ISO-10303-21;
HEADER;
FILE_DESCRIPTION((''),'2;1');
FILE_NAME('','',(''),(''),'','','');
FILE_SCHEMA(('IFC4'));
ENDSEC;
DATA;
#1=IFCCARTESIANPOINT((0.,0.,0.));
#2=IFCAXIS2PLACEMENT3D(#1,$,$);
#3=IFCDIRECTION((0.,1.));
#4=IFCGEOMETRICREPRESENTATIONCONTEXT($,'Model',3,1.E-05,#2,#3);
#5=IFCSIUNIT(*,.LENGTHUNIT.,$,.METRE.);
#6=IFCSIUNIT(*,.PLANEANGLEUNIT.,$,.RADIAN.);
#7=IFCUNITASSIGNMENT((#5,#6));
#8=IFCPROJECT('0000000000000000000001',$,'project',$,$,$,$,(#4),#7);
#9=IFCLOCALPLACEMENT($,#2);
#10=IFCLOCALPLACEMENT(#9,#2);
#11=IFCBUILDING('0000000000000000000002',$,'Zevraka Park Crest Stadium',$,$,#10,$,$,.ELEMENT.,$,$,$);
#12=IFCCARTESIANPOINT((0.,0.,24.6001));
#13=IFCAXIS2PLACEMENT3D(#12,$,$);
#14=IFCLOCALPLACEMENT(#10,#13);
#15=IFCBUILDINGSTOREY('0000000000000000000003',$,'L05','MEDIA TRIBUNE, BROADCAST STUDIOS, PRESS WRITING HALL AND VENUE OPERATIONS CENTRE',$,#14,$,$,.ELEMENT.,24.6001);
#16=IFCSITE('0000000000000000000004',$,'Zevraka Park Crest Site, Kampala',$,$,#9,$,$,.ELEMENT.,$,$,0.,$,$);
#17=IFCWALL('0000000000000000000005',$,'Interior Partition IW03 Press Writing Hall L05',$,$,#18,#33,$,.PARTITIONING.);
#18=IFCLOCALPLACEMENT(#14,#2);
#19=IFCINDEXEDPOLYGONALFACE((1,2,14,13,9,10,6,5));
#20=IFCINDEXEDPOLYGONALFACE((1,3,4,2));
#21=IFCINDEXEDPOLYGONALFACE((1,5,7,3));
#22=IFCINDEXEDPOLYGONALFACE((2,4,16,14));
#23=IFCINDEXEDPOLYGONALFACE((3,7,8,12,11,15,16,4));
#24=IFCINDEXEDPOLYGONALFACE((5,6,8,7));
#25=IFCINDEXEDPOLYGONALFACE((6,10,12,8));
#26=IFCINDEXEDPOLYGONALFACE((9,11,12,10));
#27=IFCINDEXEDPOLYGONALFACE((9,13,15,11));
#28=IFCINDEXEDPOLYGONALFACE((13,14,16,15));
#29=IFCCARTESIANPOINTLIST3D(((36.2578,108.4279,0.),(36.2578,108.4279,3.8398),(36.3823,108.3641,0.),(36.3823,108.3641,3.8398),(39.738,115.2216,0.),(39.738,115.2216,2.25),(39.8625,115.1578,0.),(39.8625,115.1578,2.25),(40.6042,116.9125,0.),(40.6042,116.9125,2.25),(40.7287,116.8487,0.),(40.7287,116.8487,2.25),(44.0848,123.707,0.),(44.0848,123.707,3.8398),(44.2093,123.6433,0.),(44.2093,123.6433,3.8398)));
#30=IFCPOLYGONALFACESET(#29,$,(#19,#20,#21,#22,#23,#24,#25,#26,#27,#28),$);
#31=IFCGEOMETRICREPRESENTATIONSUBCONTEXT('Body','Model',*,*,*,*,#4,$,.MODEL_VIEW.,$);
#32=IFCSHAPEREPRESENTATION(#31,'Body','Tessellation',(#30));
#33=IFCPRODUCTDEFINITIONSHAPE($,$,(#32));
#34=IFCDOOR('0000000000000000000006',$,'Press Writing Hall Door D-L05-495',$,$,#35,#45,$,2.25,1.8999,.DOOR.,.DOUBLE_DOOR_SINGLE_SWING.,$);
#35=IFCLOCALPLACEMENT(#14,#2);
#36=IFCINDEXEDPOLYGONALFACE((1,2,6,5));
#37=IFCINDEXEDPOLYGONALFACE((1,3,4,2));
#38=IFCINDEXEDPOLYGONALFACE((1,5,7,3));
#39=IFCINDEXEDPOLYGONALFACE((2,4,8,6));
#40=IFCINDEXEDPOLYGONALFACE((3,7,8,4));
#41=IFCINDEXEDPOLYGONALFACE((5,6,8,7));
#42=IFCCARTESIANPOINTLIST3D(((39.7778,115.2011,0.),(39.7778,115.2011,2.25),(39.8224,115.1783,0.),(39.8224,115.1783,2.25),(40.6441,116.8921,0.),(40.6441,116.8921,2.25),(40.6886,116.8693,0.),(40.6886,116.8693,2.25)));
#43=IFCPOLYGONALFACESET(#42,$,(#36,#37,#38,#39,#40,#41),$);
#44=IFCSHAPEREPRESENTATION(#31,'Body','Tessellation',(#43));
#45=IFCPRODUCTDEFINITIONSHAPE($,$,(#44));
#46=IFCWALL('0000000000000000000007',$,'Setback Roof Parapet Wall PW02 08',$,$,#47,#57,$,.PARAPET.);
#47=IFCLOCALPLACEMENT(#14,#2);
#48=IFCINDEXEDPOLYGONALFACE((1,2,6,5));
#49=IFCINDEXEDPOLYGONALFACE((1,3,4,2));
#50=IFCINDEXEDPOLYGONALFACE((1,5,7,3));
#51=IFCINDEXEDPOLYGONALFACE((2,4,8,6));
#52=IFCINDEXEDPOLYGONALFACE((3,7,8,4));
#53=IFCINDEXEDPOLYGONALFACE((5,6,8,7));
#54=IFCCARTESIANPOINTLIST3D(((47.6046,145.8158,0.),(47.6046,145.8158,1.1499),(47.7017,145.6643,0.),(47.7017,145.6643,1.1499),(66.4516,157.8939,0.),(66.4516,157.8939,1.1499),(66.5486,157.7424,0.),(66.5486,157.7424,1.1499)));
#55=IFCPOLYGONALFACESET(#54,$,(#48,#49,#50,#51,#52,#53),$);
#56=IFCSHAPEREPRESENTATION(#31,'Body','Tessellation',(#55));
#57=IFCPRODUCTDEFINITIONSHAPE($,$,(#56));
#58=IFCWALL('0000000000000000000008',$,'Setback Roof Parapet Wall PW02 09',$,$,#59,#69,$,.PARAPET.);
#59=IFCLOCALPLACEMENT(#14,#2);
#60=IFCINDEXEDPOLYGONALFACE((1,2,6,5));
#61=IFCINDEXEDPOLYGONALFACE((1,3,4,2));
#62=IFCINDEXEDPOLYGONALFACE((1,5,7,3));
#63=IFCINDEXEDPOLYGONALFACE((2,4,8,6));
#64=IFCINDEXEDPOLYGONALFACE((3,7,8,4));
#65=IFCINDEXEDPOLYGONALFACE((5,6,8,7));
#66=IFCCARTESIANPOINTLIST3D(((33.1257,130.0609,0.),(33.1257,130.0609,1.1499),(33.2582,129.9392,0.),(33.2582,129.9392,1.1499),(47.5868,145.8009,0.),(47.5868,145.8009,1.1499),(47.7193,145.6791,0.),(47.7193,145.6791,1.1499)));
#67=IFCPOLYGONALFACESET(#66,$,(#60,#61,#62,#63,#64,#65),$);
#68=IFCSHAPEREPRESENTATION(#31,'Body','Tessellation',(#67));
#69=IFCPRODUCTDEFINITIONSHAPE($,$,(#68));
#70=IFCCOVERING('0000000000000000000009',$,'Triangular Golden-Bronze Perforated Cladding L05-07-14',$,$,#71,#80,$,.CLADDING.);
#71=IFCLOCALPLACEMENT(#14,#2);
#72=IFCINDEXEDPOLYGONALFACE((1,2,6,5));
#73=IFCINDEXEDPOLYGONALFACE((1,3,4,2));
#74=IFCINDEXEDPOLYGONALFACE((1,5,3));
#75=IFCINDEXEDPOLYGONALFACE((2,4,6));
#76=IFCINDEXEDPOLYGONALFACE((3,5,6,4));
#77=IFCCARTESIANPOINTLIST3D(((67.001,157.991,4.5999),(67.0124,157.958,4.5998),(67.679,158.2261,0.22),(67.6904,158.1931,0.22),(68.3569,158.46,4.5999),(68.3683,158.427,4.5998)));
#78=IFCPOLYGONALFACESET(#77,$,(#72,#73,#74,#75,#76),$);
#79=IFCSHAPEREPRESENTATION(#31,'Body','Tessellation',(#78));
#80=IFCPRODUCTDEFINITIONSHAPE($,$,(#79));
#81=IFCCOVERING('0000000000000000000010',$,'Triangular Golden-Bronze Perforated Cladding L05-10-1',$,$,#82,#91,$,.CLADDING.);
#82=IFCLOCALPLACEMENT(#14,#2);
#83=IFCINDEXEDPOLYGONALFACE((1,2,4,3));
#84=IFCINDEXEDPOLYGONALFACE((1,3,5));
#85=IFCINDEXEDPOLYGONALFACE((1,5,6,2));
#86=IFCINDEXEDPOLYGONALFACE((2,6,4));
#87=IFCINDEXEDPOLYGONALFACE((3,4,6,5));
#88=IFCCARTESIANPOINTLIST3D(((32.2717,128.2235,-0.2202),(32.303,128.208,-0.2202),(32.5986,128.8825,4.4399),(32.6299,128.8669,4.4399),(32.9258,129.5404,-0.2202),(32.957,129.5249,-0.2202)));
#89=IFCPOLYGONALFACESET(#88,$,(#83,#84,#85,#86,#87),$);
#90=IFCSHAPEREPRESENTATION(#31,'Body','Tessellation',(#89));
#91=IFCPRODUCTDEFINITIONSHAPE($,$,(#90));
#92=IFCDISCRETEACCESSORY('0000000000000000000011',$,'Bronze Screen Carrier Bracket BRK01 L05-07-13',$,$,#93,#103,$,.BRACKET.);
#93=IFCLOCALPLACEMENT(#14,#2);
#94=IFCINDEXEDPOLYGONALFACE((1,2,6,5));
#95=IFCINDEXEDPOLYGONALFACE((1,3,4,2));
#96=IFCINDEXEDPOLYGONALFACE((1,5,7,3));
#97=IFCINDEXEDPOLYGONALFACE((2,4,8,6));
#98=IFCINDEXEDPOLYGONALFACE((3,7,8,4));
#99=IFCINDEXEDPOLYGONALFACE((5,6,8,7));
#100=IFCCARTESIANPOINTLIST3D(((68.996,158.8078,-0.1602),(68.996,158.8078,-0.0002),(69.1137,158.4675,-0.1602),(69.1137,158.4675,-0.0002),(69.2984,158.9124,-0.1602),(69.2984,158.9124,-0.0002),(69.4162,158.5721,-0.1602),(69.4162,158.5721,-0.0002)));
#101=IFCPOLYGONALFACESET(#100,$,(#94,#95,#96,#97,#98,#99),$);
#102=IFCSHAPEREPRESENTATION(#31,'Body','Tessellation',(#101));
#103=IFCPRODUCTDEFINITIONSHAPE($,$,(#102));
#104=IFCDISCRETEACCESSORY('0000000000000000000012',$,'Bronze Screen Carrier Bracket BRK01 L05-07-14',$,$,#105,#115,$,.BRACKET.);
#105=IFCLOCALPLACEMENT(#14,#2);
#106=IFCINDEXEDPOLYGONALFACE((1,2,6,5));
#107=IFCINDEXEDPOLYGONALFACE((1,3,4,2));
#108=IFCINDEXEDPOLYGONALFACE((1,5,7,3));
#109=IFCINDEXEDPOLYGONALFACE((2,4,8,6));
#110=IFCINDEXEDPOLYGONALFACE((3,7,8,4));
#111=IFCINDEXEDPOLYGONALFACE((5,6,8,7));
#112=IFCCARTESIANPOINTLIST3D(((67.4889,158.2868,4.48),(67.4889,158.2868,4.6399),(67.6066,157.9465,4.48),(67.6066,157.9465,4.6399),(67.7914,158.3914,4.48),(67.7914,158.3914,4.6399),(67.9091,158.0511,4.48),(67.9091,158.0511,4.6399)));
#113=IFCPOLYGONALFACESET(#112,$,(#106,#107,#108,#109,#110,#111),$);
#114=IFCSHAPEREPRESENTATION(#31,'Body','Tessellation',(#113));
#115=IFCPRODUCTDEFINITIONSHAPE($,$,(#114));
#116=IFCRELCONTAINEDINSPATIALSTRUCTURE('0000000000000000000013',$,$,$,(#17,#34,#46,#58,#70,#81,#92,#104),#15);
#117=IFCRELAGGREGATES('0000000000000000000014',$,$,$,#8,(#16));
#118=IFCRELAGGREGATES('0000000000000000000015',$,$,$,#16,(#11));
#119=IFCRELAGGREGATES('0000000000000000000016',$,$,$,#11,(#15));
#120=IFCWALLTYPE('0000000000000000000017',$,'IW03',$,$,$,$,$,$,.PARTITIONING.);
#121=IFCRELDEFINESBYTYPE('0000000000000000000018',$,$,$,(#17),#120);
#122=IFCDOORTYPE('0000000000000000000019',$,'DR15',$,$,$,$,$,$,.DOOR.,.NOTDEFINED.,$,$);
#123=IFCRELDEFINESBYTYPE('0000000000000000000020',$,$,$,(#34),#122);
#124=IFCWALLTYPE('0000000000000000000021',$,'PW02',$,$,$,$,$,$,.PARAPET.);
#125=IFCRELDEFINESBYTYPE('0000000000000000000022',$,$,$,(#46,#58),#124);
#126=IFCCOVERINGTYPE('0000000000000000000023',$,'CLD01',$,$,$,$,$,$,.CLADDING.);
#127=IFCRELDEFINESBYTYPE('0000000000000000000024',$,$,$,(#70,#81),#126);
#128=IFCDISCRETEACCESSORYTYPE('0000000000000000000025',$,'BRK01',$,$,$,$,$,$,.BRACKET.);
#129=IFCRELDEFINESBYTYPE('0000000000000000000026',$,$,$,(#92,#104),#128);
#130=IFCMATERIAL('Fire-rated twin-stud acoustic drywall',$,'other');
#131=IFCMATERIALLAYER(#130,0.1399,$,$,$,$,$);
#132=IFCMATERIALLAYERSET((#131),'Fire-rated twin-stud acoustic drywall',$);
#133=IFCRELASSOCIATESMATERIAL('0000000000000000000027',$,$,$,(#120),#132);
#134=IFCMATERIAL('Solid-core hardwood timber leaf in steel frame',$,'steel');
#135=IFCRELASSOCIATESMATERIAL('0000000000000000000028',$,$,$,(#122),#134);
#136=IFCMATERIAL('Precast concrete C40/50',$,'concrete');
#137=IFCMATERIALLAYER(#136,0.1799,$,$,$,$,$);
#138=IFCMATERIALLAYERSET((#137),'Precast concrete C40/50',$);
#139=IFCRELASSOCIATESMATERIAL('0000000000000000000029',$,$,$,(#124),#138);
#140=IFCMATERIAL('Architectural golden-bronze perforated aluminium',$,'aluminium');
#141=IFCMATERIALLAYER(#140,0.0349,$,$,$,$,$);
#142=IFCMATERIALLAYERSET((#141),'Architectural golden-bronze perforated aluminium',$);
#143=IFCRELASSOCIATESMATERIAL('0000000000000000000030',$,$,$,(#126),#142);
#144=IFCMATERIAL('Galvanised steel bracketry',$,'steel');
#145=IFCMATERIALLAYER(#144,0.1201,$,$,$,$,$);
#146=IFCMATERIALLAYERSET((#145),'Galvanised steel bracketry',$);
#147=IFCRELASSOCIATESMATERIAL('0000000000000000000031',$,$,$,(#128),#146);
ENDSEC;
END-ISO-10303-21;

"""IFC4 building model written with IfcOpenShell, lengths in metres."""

from ifc_helpers import new_model, si_unit, direction, frame, frame_2d, origin, origin_2d, place, context, subcontext, project, spatial, polyline, rectangle, outline, extrude, material, layer, layer_set, type_object, element, fill, save


model = new_model("IFC4")

# Units and contexts
model_context = context("Model", 3, precision=1e-05, world=origin(), true_north=direction((0.0, 1.0)))
body_context = subcontext(model_context, "Body", "Model", "MODEL_VIEW")
ifc_project = project(units=[si_unit("LENGTHUNIT", "METRE"), si_unit("PLANEANGLEUNIT", "RADIAN")], contexts=[model_context])

# Site, building, storey
site_placement = place(None, origin())
site = spatial("IfcSite", under=ifc_project, at=site_placement, Name="Zevraka Park Crest Site, Kampala", CompositionType="ELEMENT", RefElevation=0.0)
building_placement = place(site_placement, origin())
building = spatial("IfcBuilding", under=site, at=building_placement, Name="Zevraka Park Crest Stadium", CompositionType="ELEMENT")
storey_placement = place(building_placement, frame((0.0, 0.0, 24.6001)))
storey = spatial("IfcBuildingStorey", under=building, at=storey_placement, Name="L05", Description="MEDIA TRIBUNE, BROADCAST STUDIOS, PRESS WRITING HALL AND VENUE OPERATIONS CENTRE", CompositionType="ELEMENT", Elevation=24.6001)

# Wall, opening, door
ifc_material_1 = material(Name="Fire-rated twin-stud acoustic drywall", Category="other")
ifc_layer_1 = layer(ifc_material_1, 0.1399)
ifc_layer_set_1 = layer_set([ifc_layer_1], Name="Fire-rated twin-stud acoustic drywall")
wall_type_1 = type_object("IfcWallType", Name="IW03", PredefinedType="PARTITIONING", material=ifc_layer_set_1)
wall_1_placement = place(storey_placement, frame((44.147, 123.675, 0.0), z_axis=(0.0, 0.0, 1.0), x_axis=(-0.455924, -0.890019, 0.0)))
wall_1 = element("IfcWall", 1, at=wall_1_placement, inside=storey, type_object=wall_type_1, Name="Interior Partition IW03 Press Writing Hall L05", PredefinedType="PARTITIONING", context=body_context, shape_type="SweptSolid", body=[
    extrude(rectangle(XDim=17.1672, YDim=0.1399, at=frame_2d((8.5835, 0.0))), origin(), (0.0, 0.0, 1.0), 3.8398),
])
opening_placement = place(wall_1_placement, frame((7.634, 0.0, 0.0)))
opening = element("IfcOpeningElement", 2, at=opening_placement, cuts=wall_1, PredefinedType="OPENING", context=body_context, shape_type="SweptSolid", body=[
    extrude(rectangle(XDim=1.8999, YDim=2.25, at=frame_2d((0.95, 1.125))), frame((0.0, 0.0798, 0.0), z_axis=(0.0, -1.0, 0.0), x_axis=(1.0, 0.0, 0.0)), (0.0, 0.0, 1.0), 0.1599),
])
ifc_material_2 = material(Name="Solid-core hardwood timber leaf in steel frame", Category="steel")
door_type = type_object("IfcDoorType", Name="DR15", OperationType="NOTDEFINED", PredefinedType="DOOR", material=ifc_material_2)
door_placement = place(opening_placement, origin())
door = element("IfcDoor", 3, at=door_placement, inside=storey, type_object=door_type, Name="Press Writing Hall Door D-L05-495", OperationType="DOUBLE_DOOR_SINGLE_SWING", OverallHeight=2.25, OverallWidth=1.8999, PredefinedType="DOOR", context=body_context, shape_type="SweptSolid", body=[
    extrude(rectangle(XDim=1.8999, YDim=2.25, at=frame_2d((0.95, 1.125))), frame((0.0, 0.0249, 0.0), z_axis=(0.0, -1.0, 0.0), x_axis=(1.0, 0.0, 0.0)), (0.0, 0.0, 1.0), 0.05),
])
fill(opening, door)

# Walls
ifc_material_3 = material(Name="Precast concrete C40/50", Category="concrete")
ifc_layer_2 = layer(ifc_material_3, 0.1799)
ifc_layer_set_2 = layer_set([ifc_layer_2], Name="Precast concrete C40/50")
wall_type_2 = type_object("IfcWallType", Name="PW02", PredefinedType="PARAPET", material=ifc_layer_set_2)
wall_2_placement = place(storey_placement, frame((66.5, 157.8181, 0.0), z_axis=(0.0, 0.0, 1.0), x_axis=(-0.841945, -0.539564, 0.0)))
element("IfcWall", 4, at=wall_2_placement, inside=storey, type_object=wall_type_2, Name="Setback Roof Parapet Wall PW02 08", PredefinedType="PARAPET", context=body_context, shape_type="SweptSolid", body=[
    extrude(rectangle(XDim=22.385, YDim=0.1799, at=frame_2d((11.1924, 0.0))), origin(), (0.0, 0.0, 1.0), 1.1499),
])
wall_3_placement = place(storey_placement, frame((47.6531, 145.74, 0.0), z_axis=(0.0, 0.0, 1.0), x_axis=(-0.67656, -0.736388, 0.0)))
element("IfcWall", 5, at=wall_3_placement, inside=storey, type_object=wall_type_2, Name="Setback Roof Parapet Wall PW02 09", PredefinedType="PARAPET", context=body_context, shape_type="SweptSolid", body=[
    extrude(rectangle(XDim=21.3745, YDim=0.1799, at=frame_2d((10.6873, 0.0))), origin(), (0.0, 0.0, 1.0), 1.1499),
])

# Coverings
ifc_material_4 = material(Name="Architectural golden-bronze perforated aluminium", Category="aluminium")
ifc_layer_3 = layer(ifc_material_4, 0.0349)
ifc_layer_set_3 = layer_set([ifc_layer_3], Name="Architectural golden-bronze perforated aluminium")
covering_type = type_object("IfcCoveringType", Name="CLD01", PredefinedType="CLADDING", material=ifc_layer_set_3)
covering_1_placement = place(storey_placement, frame((67.001, 157.991, 4.5999), z_axis=(-0.326877, 0.945067, 0.000132), x_axis=(0.945067, 0.326877, 0.0)))
element("IfcCovering", 6, at=covering_1_placement, inside=storey, type_object=covering_type, Name="Triangular Golden-Bronze Perforated Cladding L05-07-14", PredefinedType="CLADDING", context=body_context, shape_type="SweptSolid", body=[
    extrude(outline(polyline([(0.0, 0.0), (1.4348, 0.0), (0.7176, 4.3799), (0.0, 0.0)])), origin(), (0.0, 0.0, -1.0), 0.0349),
])
covering_2_placement = place(storey_placement, frame((32.957, 129.5249, -0.2202), z_axis=(0.895619, -0.444821, 0.00007), x_axis=(-0.444821, -0.895619, 0.0)))
element("IfcCovering", 7, at=covering_2_placement, inside=storey, type_object=covering_type, Name="Triangular Golden-Bronze Perforated Cladding L05-10-1", PredefinedType="CLADDING", context=body_context, shape_type="SweptSolid", body=[
    extrude(outline(polyline([(0.0, 0.0), (1.4704, 0.0), (0.7348, -4.6602), (0.0, 0.0)])), origin(), (0.0, 0.0, -1.0), 0.0349),
])

# Discrete accessories
ifc_material_5 = material(Name="Galvanised steel bracketry", Category="steel")
ifc_layer_4 = layer(ifc_material_5, 0.1201)
ifc_layer_set_4 = layer_set([ifc_layer_4], Name="Galvanised steel bracketry")
discrete_accessory_type = type_object("IfcDiscreteAccessoryType", Name="BRK01", PredefinedType="BRACKET", material=ifc_layer_set_4)
for number, where, z_axis, x_axis, name in (
    (8, (69.2061, 158.6899, -0.1602), (0.0, 0.0, 1.0), (-0.945063, -0.326888, 0.0), "Bronze Screen Carrier Bracket BRK01 L05-07-13"),
    (9, (67.699, 158.1689, 4.48), (0.0, 0.0, 1.0), (-0.945063, -0.326888, 0.0), "Bronze Screen Carrier Bracket BRK01 L05-07-14"),
):
    element("IfcDiscreteAccessory", number, at=place(storey_placement, frame(where, z_axis=z_axis, x_axis=x_axis)), inside=storey, type_object=discrete_accessory_type, Name=name, PredefinedType="BRACKET", context=body_context, shape_type="SweptSolid", body=[
        extrude(rectangle(XDim=0.3201, YDim=0.3601, at=origin_2d()), origin(), (0.0, 0.0, 1.0), 0.1599),
    ])

save(model, "model.ifc")
